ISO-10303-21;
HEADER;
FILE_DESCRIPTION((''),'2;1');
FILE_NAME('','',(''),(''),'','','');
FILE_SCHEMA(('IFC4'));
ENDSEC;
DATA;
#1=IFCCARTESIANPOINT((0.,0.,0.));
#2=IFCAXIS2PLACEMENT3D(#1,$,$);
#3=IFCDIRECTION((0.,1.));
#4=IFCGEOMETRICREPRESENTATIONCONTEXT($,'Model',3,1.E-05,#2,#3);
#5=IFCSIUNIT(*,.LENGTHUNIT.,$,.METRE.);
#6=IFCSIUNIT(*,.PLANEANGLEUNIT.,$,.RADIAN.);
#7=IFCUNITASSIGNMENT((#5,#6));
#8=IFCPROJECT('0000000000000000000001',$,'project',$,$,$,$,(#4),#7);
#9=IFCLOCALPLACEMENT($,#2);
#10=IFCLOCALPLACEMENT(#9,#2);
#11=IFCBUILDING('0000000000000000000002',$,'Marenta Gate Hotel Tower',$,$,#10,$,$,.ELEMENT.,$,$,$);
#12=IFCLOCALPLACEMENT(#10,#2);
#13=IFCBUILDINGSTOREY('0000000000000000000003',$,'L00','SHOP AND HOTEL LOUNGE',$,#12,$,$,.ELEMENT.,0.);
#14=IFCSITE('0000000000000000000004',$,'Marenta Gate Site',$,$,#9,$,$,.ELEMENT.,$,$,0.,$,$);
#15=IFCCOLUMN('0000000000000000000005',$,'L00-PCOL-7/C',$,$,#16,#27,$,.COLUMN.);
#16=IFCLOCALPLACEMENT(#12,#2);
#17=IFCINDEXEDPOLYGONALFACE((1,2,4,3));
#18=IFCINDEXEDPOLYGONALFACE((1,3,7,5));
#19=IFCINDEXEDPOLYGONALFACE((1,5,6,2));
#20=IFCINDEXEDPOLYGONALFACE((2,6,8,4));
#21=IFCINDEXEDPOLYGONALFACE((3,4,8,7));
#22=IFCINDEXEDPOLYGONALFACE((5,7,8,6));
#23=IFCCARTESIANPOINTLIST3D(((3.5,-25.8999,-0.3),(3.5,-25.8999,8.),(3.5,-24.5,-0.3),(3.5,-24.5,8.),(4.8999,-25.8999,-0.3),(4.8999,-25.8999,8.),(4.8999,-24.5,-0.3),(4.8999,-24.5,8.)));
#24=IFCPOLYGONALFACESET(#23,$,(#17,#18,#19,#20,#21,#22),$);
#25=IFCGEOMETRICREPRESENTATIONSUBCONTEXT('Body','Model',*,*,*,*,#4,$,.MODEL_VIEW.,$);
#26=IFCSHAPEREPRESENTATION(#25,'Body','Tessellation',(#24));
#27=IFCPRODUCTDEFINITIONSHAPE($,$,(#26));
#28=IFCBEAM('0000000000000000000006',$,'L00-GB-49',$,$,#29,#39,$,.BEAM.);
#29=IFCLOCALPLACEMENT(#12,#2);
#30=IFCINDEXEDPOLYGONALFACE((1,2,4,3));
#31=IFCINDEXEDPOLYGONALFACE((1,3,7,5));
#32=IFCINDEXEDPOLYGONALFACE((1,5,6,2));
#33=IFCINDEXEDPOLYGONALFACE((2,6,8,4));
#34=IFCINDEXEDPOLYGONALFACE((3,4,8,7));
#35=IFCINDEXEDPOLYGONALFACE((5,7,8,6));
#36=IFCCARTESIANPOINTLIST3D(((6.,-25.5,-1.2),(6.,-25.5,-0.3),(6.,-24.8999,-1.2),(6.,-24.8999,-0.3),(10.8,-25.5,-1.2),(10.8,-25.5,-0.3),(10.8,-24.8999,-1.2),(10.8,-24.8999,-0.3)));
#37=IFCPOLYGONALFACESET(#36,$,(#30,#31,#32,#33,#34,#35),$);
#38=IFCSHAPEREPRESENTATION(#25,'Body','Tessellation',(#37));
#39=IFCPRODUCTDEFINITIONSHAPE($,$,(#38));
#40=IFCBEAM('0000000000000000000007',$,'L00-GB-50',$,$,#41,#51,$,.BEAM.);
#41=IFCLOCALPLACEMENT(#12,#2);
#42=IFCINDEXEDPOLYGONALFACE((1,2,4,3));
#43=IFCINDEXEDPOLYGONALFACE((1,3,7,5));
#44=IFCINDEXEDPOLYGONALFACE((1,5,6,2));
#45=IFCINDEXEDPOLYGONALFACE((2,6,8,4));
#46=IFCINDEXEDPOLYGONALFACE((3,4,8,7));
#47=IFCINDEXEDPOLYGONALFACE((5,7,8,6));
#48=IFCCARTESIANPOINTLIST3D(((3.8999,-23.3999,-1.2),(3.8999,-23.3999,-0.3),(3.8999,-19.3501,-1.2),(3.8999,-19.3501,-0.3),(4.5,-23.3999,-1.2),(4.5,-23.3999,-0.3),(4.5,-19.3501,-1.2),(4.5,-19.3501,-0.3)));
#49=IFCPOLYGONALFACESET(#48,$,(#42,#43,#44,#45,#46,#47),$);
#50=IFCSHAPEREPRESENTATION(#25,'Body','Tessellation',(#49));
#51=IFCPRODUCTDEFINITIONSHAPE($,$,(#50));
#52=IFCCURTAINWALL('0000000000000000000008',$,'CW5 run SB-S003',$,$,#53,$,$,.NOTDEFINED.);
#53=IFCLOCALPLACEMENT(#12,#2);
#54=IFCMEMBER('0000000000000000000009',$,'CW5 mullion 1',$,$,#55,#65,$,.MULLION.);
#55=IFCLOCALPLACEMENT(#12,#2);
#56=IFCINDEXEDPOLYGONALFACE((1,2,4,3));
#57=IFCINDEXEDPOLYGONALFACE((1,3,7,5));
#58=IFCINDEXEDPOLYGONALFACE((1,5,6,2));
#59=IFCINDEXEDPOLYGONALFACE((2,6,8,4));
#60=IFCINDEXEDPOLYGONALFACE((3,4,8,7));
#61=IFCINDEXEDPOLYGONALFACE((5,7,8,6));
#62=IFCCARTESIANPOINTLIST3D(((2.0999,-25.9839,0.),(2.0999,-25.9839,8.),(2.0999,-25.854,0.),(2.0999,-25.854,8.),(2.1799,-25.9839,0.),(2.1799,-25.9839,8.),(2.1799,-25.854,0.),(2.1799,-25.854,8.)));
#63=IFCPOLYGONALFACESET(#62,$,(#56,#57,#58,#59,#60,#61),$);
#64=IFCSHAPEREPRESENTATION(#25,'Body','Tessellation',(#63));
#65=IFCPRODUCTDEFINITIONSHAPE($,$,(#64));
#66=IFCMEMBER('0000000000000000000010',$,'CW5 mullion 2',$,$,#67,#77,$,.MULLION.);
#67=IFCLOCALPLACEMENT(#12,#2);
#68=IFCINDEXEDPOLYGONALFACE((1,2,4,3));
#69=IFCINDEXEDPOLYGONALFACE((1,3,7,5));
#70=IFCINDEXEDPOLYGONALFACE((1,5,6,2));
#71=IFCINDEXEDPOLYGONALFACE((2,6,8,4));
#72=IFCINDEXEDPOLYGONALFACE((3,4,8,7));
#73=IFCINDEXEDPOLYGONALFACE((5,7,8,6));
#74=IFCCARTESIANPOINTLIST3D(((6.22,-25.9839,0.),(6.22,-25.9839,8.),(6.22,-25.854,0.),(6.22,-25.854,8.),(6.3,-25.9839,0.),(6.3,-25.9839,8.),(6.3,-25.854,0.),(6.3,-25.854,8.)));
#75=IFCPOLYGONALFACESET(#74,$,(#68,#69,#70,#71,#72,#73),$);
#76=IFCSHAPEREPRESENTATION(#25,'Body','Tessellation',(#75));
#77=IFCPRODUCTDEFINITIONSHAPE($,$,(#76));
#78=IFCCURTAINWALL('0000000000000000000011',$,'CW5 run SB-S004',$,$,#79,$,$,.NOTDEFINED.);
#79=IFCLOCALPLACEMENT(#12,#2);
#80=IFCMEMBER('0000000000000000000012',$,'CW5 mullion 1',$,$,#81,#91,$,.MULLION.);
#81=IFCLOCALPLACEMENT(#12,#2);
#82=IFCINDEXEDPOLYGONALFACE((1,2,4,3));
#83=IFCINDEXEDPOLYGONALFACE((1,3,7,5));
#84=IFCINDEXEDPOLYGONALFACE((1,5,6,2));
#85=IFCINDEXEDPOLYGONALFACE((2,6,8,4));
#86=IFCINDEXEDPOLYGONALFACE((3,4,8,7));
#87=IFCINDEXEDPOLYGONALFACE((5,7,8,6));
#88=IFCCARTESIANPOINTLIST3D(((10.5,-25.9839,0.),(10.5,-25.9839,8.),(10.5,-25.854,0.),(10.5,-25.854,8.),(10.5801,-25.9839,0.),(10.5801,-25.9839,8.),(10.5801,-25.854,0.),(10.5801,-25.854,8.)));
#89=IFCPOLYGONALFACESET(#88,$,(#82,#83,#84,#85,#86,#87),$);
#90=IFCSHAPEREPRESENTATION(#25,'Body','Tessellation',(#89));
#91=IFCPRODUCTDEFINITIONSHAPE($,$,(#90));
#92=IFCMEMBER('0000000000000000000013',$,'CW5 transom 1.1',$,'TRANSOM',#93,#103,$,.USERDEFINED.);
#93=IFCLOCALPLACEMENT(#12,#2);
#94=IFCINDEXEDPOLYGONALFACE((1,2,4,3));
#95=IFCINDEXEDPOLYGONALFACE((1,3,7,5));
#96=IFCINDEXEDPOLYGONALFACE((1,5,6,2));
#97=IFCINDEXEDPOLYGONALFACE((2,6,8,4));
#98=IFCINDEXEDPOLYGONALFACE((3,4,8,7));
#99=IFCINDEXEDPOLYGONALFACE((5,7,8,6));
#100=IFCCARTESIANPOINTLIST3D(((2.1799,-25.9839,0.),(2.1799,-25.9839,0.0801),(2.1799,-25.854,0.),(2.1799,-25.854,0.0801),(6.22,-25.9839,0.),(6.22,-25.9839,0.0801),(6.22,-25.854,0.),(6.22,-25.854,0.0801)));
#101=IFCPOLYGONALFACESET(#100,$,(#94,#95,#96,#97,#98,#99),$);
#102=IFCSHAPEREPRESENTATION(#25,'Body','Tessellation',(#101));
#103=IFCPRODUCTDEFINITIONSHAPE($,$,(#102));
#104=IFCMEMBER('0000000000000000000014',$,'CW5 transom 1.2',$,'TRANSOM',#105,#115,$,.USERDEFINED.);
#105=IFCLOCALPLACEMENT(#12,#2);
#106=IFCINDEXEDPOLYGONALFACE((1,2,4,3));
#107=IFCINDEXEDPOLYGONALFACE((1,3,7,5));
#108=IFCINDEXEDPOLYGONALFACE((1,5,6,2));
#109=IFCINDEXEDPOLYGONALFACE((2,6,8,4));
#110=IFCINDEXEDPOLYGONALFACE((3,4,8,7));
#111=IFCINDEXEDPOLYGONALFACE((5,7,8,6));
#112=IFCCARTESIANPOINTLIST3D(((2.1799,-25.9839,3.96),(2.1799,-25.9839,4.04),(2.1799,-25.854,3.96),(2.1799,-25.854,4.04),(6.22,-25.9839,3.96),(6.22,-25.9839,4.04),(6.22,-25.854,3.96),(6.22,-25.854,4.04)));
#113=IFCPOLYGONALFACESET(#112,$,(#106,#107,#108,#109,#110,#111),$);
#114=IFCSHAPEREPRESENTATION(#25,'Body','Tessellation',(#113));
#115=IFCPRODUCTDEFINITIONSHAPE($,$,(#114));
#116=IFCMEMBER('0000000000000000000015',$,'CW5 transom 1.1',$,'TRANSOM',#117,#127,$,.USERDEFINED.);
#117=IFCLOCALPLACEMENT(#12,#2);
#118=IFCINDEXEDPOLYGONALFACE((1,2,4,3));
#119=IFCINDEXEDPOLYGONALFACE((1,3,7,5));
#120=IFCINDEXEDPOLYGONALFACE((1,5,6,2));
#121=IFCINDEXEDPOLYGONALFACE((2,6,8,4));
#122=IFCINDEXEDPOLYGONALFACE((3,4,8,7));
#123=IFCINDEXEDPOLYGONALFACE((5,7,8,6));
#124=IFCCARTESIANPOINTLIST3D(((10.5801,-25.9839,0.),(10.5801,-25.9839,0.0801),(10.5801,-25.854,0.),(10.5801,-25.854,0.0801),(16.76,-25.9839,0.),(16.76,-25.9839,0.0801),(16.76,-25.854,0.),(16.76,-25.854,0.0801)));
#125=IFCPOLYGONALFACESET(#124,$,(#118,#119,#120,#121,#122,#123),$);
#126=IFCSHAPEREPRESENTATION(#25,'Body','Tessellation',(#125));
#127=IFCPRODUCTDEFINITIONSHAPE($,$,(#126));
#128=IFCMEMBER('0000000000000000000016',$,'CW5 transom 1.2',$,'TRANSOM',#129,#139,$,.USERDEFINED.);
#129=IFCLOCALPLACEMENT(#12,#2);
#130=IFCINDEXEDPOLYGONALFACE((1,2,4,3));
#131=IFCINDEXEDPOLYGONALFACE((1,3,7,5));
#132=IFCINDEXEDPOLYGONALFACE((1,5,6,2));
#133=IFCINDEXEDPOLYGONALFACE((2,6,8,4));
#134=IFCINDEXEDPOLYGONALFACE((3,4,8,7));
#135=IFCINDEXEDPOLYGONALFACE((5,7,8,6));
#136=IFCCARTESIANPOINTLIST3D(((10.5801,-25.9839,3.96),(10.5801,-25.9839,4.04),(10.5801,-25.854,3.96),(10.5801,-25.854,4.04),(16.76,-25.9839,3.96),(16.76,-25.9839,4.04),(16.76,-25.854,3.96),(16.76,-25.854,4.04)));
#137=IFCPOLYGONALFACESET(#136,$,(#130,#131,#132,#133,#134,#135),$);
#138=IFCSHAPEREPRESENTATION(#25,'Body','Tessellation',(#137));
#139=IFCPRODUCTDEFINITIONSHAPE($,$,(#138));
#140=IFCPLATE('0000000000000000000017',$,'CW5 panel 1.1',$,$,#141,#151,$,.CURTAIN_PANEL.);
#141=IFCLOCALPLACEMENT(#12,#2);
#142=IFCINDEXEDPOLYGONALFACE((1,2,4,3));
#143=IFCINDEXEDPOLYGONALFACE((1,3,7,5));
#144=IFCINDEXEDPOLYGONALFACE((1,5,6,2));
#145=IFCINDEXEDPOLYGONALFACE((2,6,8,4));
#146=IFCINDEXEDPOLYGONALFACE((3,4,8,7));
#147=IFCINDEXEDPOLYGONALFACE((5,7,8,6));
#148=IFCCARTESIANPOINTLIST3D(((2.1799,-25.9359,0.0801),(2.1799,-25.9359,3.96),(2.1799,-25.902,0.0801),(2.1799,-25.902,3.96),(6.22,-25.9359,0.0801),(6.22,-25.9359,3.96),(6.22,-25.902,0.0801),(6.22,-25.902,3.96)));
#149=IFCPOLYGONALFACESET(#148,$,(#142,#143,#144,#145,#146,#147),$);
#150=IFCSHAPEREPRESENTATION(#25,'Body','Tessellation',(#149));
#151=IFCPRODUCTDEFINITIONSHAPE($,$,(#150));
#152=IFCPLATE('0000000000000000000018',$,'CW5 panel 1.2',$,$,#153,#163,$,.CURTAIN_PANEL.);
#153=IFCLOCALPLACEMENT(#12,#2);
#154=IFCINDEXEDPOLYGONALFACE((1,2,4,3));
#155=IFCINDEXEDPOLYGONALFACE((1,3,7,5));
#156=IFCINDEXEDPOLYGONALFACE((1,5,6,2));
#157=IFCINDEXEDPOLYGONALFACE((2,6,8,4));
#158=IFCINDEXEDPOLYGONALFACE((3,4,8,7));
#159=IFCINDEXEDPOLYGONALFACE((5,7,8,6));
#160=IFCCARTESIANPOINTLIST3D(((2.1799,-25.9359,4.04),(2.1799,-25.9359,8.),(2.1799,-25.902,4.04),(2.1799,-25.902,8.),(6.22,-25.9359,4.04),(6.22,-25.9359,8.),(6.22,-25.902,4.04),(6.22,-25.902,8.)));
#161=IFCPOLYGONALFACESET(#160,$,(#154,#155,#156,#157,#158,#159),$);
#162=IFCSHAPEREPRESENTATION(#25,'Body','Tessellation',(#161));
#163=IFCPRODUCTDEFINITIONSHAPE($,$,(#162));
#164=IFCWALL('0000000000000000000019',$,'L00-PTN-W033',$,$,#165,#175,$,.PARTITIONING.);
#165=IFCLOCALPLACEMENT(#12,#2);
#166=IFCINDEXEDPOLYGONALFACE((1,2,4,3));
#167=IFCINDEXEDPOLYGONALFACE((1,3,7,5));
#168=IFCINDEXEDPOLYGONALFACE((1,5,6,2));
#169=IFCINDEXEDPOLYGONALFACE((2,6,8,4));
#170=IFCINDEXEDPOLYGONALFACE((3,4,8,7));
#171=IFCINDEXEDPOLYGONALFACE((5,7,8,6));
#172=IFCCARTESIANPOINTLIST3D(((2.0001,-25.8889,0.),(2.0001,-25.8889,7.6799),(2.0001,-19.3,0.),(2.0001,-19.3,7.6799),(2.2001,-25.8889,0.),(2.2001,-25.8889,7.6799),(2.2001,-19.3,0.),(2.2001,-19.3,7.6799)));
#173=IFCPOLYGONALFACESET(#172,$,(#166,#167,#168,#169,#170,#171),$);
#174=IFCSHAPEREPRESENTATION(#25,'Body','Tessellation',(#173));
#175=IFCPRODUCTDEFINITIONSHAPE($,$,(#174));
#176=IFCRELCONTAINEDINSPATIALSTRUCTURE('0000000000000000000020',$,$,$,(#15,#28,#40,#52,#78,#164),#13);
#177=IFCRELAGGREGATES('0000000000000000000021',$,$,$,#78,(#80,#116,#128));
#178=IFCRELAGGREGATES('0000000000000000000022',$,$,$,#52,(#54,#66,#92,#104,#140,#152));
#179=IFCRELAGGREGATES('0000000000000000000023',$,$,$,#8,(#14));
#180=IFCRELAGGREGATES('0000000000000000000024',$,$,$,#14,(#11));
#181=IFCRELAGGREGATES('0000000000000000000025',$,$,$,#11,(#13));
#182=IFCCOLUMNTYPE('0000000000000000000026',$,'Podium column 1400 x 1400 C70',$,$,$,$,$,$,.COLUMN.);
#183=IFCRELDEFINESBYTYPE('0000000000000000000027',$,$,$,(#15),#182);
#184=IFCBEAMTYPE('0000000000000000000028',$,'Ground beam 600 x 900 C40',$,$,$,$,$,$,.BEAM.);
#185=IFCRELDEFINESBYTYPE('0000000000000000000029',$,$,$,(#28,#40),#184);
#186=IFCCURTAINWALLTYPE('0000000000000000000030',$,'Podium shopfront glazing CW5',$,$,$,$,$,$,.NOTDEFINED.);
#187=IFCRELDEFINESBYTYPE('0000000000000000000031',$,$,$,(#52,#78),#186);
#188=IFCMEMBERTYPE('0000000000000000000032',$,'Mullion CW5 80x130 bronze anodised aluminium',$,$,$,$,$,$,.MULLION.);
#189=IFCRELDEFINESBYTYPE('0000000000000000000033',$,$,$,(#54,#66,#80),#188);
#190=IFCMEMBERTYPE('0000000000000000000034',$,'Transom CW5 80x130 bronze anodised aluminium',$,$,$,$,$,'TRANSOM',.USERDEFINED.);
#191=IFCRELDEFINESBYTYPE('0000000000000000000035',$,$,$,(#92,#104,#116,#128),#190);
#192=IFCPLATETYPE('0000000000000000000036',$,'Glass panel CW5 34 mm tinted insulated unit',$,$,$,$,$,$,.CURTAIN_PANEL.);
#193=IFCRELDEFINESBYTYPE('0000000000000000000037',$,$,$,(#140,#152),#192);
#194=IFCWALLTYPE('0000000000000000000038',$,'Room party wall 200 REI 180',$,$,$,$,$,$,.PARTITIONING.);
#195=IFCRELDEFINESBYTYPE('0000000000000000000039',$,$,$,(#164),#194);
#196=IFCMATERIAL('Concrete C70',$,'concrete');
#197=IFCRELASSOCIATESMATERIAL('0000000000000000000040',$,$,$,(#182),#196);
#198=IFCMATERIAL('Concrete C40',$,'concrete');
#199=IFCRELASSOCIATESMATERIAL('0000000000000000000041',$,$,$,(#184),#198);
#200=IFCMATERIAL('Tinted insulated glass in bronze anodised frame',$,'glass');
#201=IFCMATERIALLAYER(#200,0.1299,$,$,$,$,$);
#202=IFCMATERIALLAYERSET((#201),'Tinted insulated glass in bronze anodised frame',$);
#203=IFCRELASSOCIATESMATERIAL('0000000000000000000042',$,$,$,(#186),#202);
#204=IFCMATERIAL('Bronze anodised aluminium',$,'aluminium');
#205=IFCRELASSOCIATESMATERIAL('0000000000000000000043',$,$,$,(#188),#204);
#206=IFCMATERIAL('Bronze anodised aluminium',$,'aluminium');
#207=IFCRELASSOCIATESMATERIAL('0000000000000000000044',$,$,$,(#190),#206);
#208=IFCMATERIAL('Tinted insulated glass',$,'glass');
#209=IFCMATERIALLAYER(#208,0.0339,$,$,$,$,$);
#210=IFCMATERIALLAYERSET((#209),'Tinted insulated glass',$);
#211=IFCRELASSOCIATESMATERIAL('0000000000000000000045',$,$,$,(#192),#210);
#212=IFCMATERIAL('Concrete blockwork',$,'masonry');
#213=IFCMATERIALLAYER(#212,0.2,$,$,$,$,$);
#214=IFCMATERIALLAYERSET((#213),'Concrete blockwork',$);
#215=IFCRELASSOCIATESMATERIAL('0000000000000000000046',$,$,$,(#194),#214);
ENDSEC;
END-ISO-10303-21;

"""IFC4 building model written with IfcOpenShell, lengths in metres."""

from ifc_helpers import new_model, si_unit, direction, frame, frame_2d, origin, origin_2d, place, context, subcontext, project, spatial, rectangle, extrude, material, layer, layer_set, material_profile, profile_set, type_object, element, aggregate, save


model = new_model("IFC4")

# Units and contexts
model_context = context("Model", 3, precision=1e-05, world=origin(), true_north=direction((0.0, 1.0)))
body_context = subcontext(model_context, "Body", "Model", "MODEL_VIEW")
ifc_project = project(units=[si_unit("LENGTHUNIT", "METRE"), si_unit("PLANEANGLEUNIT", "RADIAN")], contexts=[model_context])

# Site, building, storey
site_placement = place(None, origin())
site = spatial("IfcSite", under=ifc_project, at=site_placement, Name="Marenta Gate Site", CompositionType="ELEMENT", RefElevation=0.0)
building_placement = place(site_placement, origin())
building = spatial("IfcBuilding", under=site, at=building_placement, Name="Marenta Gate Hotel Tower", CompositionType="ELEMENT")
storey_placement = place(building_placement, origin())
storey = spatial("IfcBuildingStorey", under=building, at=storey_placement, Name="L00", Description="SHOP AND HOTEL LOUNGE", CompositionType="ELEMENT", Elevation=0.0)

# Column
ifc_material_1 = material(Name="Concrete C70", Category="concrete")
ifc_material_profile_1 = material_profile(ifc_material_1, rectangle(XDim=1.3999, YDim=1.3999, at=origin_2d()), Name="1400 x 1400")
ifc_profile_set_1 = profile_set([ifc_material_profile_1], Name="Concrete C70")
column_type = type_object("IfcColumnType", Name="Podium column 1400 x 1400 C70", PredefinedType="COLUMN", material=ifc_profile_set_1)
column_placement = place(storey_placement, frame((4.2, -25.2, -0.3), z_axis=(0.0, 0.0, 1.0), x_axis=(1.0, 0.0, 0.0)))
element("IfcColumn", 1, at=column_placement, inside=storey, type_object=column_type, Name="L00-PCOL-7/C", PredefinedType="COLUMN", context=body_context, shape_type="SweptSolid", body=[
    extrude(rectangle(XDim=1.3999, YDim=1.3999, at=origin_2d()), origin(), (0.0, 0.0, 1.0), 8.3),
])

# Beams
ifc_material_2 = material(Name="Concrete C40", Category="concrete")
ifc_material_profile_2 = material_profile(ifc_material_2, rectangle(XDim=0.6001, YDim=0.8999, at=origin_2d()), Name="600 x 900")
ifc_profile_set_2 = profile_set([ifc_material_profile_2], Name="Concrete C40")
beam_type = type_object("IfcBeamType", Name="Ground beam 600 x 900 C40", PredefinedType="BEAM", material=ifc_profile_set_2)
beam_1_placement = place(storey_placement, frame((6.0, -25.2, -0.75), z_axis=(1.0, 0.0, 0.0), x_axis=(0.0, 1.0, 0.0)))
element("IfcBeam", 2, at=beam_1_placement, inside=storey, type_object=beam_type, Name="L00-GB-49", PredefinedType="BEAM", context=body_context, shape_type="SweptSolid", body=[
    extrude(rectangle(XDim=0.6001, YDim=0.8999, at=origin_2d()), origin(), (0.0, 0.0, 1.0), 4.8),
])
beam_2_placement = place(storey_placement, frame((4.2, -23.3999, -0.75), z_axis=(0.0, 1.0, 0.0), x_axis=(-1.0, 0.0, 0.0)))
element("IfcBeam", 3, at=beam_2_placement, inside=storey, type_object=beam_type, Name="L00-GB-50", PredefinedType="BEAM", context=body_context, shape_type="SweptSolid", body=[
    extrude(rectangle(XDim=0.6001, YDim=0.8999, at=origin_2d()), origin(), (0.0, 0.0, 1.0), 4.0498),
])

# Curtain wall, members
ifc_material_3 = material(Name="Tinted insulated glass in bronze anodised frame", Category="glass")
ifc_layer_1 = layer(ifc_material_3, 0.1299)
ifc_layer_set_1 = layer_set([ifc_layer_1], Name="Tinted insulated glass in bronze anodised frame")
curtain_wall_type = type_object("IfcCurtainWallType", Name="Podium shopfront glazing CW5", PredefinedType="NOTDEFINED", material=ifc_layer_set_1)
curtain_wall_1_placement = place(storey_placement, origin())
curtain_wall_1 = element("IfcCurtainWall", 4, at=curtain_wall_1_placement, inside=storey, type_object=curtain_wall_type, Name="CW5 run SB-S003", PredefinedType="NOTDEFINED")
ifc_material_4 = material(Name="Bronze anodised aluminium", Category="aluminium")
ifc_material_profile_3 = material_profile(ifc_material_4, rectangle(XDim=0.1299, YDim=0.0801, at=origin_2d()), Name="Mullion CW5 80x130 bronze anodised aluminium")
ifc_profile_set_3 = profile_set([ifc_material_profile_3], Name="Bronze anodised aluminium")
member_type_1 = type_object("IfcMemberType", Name="Mullion CW5 80x130 bronze anodised aluminium", PredefinedType="MULLION", material=ifc_profile_set_3)
member_1_placement = place(storey_placement, frame((2.1399, -25.9189, 0.0), z_axis=(0.0, 0.0, 1.0), x_axis=(0.0, 1.0, 0.0)))
member_1 = element("IfcMember", 5, at=member_1_placement, type_object=member_type_1, Name="CW5 mullion 1", PredefinedType="MULLION", context=body_context, shape_type="SweptSolid", body=[
    extrude(rectangle(XDim=0.1299, YDim=0.0801, at=origin_2d()), origin(), (0.0, 0.0, 1.0), 8.0),
])
member_2_placement = place(storey_placement, frame((6.26, -25.9189, 0.0), z_axis=(0.0, 0.0, 1.0), x_axis=(0.0, 1.0, 0.0)))
member_2 = element("IfcMember", 6, at=member_2_placement, type_object=member_type_1, Name="CW5 mullion 2", PredefinedType="MULLION", context=body_context, shape_type="SweptSolid", body=[
    extrude(rectangle(XDim=0.1299, YDim=0.0801, at=origin_2d()), origin(), (0.0, 0.0, 1.0), 8.0),
])

# Curtain wall, member
curtain_wall_2_placement = place(storey_placement, origin())
curtain_wall_2 = element("IfcCurtainWall", 7, at=curtain_wall_2_placement, inside=storey, type_object=curtain_wall_type, Name="CW5 run SB-S004", PredefinedType="NOTDEFINED")
member_3_placement = place(storey_placement, frame((10.54, -25.9189, 0.0), z_axis=(0.0, 0.0, 1.0), x_axis=(0.0, 1.0, 0.0)))
member_3 = element("IfcMember", 8, at=member_3_placement, type_object=member_type_1, Name="CW5 mullion 1", PredefinedType="MULLION", context=body_context, shape_type="SweptSolid", body=[
    extrude(rectangle(XDim=0.1299, YDim=0.0801, at=origin_2d()), origin(), (0.0, 0.0, 1.0), 8.0),
])

# Members
ifc_material_5 = material(Name="Bronze anodised aluminium", Category="aluminium")
ifc_material_profile_4 = material_profile(ifc_material_5, rectangle(XDim=0.1299, YDim=0.0801, at=origin_2d()), Name="Transom CW5 80x130 bronze anodised aluminium")
ifc_profile_set_4 = profile_set([ifc_material_profile_4], Name="Bronze anodised aluminium")
member_type_2 = type_object("IfcMemberType", Name="Transom CW5 80x130 bronze anodised aluminium", ElementType="TRANSOM", PredefinedType="USERDEFINED", material=ifc_profile_set_4)
member_4_placement = place(storey_placement, frame((2.1799, -25.9189, 0.04), z_axis=(1.0, 0.0, 0.0), x_axis=(0.0, 1.0, 0.0)))
member_4 = element("IfcMember", 9, at=member_4_placement, type_object=member_type_2, Name="CW5 transom 1.1", ObjectType="TRANSOM", PredefinedType="USERDEFINED", context=body_context, shape_type="SweptSolid", body=[
    extrude(rectangle(XDim=0.1299, YDim=0.0801, at=origin_2d()), origin(), (0.0, 0.0, 1.0), 4.04),
])
member_5_placement = place(storey_placement, frame((2.1799, -25.9189, 4.0), z_axis=(1.0, 0.0, 0.0), x_axis=(0.0, 1.0, 0.0)))
member_5 = element("IfcMember", 10, at=member_5_placement, type_object=member_type_2, Name="CW5 transom 1.2", ObjectType="TRANSOM", PredefinedType="USERDEFINED", context=body_context, shape_type="SweptSolid", body=[
    extrude(rectangle(XDim=0.1299, YDim=0.0801, at=origin_2d()), origin(), (0.0, 0.0, 1.0), 4.04),
])
member_6_placement = place(storey_placement, frame((10.5801, -25.9189, 0.04), z_axis=(1.0, 0.0, 0.0), x_axis=(0.0, 1.0, 0.0)))
member_6 = element("IfcMember", 11, at=member_6_placement, type_object=member_type_2, Name="CW5 transom 1.1", ObjectType="TRANSOM", PredefinedType="USERDEFINED", context=body_context, shape_type="SweptSolid", body=[
    extrude(rectangle(XDim=0.1299, YDim=0.0801, at=origin_2d()), origin(), (0.0, 0.0, 1.0), 6.1799),
])
member_7_placement = place(storey_placement, frame((10.5801, -25.9189, 4.0), z_axis=(1.0, 0.0, 0.0), x_axis=(0.0, 1.0, 0.0)))
member_7 = element("IfcMember", 12, at=member_7_placement, type_object=member_type_2, Name="CW5 transom 1.2", ObjectType="TRANSOM", PredefinedType="USERDEFINED", context=body_context, shape_type="SweptSolid", body=[
    extrude(rectangle(XDim=0.1299, YDim=0.0801, at=origin_2d()), origin(), (0.0, 0.0, 1.0), 6.1799),
])
aggregate(curtain_wall_2, [member_3, member_6, member_7])

# Plates
ifc_material_6 = material(Name="Tinted insulated glass", Category="glass")
ifc_layer_2 = layer(ifc_material_6, 0.0339)
ifc_layer_set_2 = layer_set([ifc_layer_2], Name="Tinted insulated glass")
plate_type = type_object("IfcPlateType", Name="Glass panel CW5 34 mm tinted insulated unit", PredefinedType="CURTAIN_PANEL", material=ifc_layer_set_2)
plate_1_placement = place(storey_placement, frame((4.2, -25.9189, 0.0801), z_axis=(0.0, 0.0, 1.0), x_axis=(1.0, 0.0, 0.0)))
plate_1 = element("IfcPlate", 13, at=plate_1_placement, type_object=plate_type, Name="CW5 panel 1.1", PredefinedType="CURTAIN_PANEL", context=body_context, shape_type="SweptSolid", body=[
    extrude(rectangle(XDim=4.04, YDim=0.0339, at=origin_2d()), origin(), (0.0, 0.0, 1.0), 3.8799),
])
plate_2_placement = place(storey_placement, frame((4.2, -25.9189, 4.04), z_axis=(0.0, 0.0, 1.0), x_axis=(1.0, 0.0, 0.0)))
plate_2 = element("IfcPlate", 14, at=plate_2_placement, type_object=plate_type, Name="CW5 panel 1.2", PredefinedType="CURTAIN_PANEL", context=body_context, shape_type="SweptSolid", body=[
    extrude(rectangle(XDim=4.04, YDim=0.0339, at=origin_2d()), origin(), (0.0, 0.0, 1.0), 3.96),
])
aggregate(curtain_wall_1, [member_1, member_2, member_4, member_5, plate_1, plate_2])

# Wall
ifc_material_7 = material(Name="Concrete blockwork", Category="masonry")
ifc_layer_3 = layer(ifc_material_7, 0.2)
ifc_layer_set_3 = layer_set([ifc_layer_3], Name="Concrete blockwork")
wall_type_1 = type_object("IfcWallType", Name="Room party wall 200 REI 180", PredefinedType="PARTITIONING", material=ifc_layer_set_3)
wall_1_placement = place(storey_placement, frame((2.1001, -25.8889, 0.0), z_axis=(0.0, 0.0, 1.0), x_axis=(0.0, 1.0, 0.0)))
element("IfcWall", 15, at=wall_1_placement, inside=storey, type_object=wall_type_1, Name="L00-PTN-W033", PredefinedType="PARTITIONING", context=body_context, shape_type="SweptSolid", body=[
    extrude(rectangle(XDim=6.5889, YDim=0.2, at=frame_2d((3.2944, 0.0))), origin(), (0.0, 0.0, 1.0), 7.6799),
])

save(model, "model.ifc")
